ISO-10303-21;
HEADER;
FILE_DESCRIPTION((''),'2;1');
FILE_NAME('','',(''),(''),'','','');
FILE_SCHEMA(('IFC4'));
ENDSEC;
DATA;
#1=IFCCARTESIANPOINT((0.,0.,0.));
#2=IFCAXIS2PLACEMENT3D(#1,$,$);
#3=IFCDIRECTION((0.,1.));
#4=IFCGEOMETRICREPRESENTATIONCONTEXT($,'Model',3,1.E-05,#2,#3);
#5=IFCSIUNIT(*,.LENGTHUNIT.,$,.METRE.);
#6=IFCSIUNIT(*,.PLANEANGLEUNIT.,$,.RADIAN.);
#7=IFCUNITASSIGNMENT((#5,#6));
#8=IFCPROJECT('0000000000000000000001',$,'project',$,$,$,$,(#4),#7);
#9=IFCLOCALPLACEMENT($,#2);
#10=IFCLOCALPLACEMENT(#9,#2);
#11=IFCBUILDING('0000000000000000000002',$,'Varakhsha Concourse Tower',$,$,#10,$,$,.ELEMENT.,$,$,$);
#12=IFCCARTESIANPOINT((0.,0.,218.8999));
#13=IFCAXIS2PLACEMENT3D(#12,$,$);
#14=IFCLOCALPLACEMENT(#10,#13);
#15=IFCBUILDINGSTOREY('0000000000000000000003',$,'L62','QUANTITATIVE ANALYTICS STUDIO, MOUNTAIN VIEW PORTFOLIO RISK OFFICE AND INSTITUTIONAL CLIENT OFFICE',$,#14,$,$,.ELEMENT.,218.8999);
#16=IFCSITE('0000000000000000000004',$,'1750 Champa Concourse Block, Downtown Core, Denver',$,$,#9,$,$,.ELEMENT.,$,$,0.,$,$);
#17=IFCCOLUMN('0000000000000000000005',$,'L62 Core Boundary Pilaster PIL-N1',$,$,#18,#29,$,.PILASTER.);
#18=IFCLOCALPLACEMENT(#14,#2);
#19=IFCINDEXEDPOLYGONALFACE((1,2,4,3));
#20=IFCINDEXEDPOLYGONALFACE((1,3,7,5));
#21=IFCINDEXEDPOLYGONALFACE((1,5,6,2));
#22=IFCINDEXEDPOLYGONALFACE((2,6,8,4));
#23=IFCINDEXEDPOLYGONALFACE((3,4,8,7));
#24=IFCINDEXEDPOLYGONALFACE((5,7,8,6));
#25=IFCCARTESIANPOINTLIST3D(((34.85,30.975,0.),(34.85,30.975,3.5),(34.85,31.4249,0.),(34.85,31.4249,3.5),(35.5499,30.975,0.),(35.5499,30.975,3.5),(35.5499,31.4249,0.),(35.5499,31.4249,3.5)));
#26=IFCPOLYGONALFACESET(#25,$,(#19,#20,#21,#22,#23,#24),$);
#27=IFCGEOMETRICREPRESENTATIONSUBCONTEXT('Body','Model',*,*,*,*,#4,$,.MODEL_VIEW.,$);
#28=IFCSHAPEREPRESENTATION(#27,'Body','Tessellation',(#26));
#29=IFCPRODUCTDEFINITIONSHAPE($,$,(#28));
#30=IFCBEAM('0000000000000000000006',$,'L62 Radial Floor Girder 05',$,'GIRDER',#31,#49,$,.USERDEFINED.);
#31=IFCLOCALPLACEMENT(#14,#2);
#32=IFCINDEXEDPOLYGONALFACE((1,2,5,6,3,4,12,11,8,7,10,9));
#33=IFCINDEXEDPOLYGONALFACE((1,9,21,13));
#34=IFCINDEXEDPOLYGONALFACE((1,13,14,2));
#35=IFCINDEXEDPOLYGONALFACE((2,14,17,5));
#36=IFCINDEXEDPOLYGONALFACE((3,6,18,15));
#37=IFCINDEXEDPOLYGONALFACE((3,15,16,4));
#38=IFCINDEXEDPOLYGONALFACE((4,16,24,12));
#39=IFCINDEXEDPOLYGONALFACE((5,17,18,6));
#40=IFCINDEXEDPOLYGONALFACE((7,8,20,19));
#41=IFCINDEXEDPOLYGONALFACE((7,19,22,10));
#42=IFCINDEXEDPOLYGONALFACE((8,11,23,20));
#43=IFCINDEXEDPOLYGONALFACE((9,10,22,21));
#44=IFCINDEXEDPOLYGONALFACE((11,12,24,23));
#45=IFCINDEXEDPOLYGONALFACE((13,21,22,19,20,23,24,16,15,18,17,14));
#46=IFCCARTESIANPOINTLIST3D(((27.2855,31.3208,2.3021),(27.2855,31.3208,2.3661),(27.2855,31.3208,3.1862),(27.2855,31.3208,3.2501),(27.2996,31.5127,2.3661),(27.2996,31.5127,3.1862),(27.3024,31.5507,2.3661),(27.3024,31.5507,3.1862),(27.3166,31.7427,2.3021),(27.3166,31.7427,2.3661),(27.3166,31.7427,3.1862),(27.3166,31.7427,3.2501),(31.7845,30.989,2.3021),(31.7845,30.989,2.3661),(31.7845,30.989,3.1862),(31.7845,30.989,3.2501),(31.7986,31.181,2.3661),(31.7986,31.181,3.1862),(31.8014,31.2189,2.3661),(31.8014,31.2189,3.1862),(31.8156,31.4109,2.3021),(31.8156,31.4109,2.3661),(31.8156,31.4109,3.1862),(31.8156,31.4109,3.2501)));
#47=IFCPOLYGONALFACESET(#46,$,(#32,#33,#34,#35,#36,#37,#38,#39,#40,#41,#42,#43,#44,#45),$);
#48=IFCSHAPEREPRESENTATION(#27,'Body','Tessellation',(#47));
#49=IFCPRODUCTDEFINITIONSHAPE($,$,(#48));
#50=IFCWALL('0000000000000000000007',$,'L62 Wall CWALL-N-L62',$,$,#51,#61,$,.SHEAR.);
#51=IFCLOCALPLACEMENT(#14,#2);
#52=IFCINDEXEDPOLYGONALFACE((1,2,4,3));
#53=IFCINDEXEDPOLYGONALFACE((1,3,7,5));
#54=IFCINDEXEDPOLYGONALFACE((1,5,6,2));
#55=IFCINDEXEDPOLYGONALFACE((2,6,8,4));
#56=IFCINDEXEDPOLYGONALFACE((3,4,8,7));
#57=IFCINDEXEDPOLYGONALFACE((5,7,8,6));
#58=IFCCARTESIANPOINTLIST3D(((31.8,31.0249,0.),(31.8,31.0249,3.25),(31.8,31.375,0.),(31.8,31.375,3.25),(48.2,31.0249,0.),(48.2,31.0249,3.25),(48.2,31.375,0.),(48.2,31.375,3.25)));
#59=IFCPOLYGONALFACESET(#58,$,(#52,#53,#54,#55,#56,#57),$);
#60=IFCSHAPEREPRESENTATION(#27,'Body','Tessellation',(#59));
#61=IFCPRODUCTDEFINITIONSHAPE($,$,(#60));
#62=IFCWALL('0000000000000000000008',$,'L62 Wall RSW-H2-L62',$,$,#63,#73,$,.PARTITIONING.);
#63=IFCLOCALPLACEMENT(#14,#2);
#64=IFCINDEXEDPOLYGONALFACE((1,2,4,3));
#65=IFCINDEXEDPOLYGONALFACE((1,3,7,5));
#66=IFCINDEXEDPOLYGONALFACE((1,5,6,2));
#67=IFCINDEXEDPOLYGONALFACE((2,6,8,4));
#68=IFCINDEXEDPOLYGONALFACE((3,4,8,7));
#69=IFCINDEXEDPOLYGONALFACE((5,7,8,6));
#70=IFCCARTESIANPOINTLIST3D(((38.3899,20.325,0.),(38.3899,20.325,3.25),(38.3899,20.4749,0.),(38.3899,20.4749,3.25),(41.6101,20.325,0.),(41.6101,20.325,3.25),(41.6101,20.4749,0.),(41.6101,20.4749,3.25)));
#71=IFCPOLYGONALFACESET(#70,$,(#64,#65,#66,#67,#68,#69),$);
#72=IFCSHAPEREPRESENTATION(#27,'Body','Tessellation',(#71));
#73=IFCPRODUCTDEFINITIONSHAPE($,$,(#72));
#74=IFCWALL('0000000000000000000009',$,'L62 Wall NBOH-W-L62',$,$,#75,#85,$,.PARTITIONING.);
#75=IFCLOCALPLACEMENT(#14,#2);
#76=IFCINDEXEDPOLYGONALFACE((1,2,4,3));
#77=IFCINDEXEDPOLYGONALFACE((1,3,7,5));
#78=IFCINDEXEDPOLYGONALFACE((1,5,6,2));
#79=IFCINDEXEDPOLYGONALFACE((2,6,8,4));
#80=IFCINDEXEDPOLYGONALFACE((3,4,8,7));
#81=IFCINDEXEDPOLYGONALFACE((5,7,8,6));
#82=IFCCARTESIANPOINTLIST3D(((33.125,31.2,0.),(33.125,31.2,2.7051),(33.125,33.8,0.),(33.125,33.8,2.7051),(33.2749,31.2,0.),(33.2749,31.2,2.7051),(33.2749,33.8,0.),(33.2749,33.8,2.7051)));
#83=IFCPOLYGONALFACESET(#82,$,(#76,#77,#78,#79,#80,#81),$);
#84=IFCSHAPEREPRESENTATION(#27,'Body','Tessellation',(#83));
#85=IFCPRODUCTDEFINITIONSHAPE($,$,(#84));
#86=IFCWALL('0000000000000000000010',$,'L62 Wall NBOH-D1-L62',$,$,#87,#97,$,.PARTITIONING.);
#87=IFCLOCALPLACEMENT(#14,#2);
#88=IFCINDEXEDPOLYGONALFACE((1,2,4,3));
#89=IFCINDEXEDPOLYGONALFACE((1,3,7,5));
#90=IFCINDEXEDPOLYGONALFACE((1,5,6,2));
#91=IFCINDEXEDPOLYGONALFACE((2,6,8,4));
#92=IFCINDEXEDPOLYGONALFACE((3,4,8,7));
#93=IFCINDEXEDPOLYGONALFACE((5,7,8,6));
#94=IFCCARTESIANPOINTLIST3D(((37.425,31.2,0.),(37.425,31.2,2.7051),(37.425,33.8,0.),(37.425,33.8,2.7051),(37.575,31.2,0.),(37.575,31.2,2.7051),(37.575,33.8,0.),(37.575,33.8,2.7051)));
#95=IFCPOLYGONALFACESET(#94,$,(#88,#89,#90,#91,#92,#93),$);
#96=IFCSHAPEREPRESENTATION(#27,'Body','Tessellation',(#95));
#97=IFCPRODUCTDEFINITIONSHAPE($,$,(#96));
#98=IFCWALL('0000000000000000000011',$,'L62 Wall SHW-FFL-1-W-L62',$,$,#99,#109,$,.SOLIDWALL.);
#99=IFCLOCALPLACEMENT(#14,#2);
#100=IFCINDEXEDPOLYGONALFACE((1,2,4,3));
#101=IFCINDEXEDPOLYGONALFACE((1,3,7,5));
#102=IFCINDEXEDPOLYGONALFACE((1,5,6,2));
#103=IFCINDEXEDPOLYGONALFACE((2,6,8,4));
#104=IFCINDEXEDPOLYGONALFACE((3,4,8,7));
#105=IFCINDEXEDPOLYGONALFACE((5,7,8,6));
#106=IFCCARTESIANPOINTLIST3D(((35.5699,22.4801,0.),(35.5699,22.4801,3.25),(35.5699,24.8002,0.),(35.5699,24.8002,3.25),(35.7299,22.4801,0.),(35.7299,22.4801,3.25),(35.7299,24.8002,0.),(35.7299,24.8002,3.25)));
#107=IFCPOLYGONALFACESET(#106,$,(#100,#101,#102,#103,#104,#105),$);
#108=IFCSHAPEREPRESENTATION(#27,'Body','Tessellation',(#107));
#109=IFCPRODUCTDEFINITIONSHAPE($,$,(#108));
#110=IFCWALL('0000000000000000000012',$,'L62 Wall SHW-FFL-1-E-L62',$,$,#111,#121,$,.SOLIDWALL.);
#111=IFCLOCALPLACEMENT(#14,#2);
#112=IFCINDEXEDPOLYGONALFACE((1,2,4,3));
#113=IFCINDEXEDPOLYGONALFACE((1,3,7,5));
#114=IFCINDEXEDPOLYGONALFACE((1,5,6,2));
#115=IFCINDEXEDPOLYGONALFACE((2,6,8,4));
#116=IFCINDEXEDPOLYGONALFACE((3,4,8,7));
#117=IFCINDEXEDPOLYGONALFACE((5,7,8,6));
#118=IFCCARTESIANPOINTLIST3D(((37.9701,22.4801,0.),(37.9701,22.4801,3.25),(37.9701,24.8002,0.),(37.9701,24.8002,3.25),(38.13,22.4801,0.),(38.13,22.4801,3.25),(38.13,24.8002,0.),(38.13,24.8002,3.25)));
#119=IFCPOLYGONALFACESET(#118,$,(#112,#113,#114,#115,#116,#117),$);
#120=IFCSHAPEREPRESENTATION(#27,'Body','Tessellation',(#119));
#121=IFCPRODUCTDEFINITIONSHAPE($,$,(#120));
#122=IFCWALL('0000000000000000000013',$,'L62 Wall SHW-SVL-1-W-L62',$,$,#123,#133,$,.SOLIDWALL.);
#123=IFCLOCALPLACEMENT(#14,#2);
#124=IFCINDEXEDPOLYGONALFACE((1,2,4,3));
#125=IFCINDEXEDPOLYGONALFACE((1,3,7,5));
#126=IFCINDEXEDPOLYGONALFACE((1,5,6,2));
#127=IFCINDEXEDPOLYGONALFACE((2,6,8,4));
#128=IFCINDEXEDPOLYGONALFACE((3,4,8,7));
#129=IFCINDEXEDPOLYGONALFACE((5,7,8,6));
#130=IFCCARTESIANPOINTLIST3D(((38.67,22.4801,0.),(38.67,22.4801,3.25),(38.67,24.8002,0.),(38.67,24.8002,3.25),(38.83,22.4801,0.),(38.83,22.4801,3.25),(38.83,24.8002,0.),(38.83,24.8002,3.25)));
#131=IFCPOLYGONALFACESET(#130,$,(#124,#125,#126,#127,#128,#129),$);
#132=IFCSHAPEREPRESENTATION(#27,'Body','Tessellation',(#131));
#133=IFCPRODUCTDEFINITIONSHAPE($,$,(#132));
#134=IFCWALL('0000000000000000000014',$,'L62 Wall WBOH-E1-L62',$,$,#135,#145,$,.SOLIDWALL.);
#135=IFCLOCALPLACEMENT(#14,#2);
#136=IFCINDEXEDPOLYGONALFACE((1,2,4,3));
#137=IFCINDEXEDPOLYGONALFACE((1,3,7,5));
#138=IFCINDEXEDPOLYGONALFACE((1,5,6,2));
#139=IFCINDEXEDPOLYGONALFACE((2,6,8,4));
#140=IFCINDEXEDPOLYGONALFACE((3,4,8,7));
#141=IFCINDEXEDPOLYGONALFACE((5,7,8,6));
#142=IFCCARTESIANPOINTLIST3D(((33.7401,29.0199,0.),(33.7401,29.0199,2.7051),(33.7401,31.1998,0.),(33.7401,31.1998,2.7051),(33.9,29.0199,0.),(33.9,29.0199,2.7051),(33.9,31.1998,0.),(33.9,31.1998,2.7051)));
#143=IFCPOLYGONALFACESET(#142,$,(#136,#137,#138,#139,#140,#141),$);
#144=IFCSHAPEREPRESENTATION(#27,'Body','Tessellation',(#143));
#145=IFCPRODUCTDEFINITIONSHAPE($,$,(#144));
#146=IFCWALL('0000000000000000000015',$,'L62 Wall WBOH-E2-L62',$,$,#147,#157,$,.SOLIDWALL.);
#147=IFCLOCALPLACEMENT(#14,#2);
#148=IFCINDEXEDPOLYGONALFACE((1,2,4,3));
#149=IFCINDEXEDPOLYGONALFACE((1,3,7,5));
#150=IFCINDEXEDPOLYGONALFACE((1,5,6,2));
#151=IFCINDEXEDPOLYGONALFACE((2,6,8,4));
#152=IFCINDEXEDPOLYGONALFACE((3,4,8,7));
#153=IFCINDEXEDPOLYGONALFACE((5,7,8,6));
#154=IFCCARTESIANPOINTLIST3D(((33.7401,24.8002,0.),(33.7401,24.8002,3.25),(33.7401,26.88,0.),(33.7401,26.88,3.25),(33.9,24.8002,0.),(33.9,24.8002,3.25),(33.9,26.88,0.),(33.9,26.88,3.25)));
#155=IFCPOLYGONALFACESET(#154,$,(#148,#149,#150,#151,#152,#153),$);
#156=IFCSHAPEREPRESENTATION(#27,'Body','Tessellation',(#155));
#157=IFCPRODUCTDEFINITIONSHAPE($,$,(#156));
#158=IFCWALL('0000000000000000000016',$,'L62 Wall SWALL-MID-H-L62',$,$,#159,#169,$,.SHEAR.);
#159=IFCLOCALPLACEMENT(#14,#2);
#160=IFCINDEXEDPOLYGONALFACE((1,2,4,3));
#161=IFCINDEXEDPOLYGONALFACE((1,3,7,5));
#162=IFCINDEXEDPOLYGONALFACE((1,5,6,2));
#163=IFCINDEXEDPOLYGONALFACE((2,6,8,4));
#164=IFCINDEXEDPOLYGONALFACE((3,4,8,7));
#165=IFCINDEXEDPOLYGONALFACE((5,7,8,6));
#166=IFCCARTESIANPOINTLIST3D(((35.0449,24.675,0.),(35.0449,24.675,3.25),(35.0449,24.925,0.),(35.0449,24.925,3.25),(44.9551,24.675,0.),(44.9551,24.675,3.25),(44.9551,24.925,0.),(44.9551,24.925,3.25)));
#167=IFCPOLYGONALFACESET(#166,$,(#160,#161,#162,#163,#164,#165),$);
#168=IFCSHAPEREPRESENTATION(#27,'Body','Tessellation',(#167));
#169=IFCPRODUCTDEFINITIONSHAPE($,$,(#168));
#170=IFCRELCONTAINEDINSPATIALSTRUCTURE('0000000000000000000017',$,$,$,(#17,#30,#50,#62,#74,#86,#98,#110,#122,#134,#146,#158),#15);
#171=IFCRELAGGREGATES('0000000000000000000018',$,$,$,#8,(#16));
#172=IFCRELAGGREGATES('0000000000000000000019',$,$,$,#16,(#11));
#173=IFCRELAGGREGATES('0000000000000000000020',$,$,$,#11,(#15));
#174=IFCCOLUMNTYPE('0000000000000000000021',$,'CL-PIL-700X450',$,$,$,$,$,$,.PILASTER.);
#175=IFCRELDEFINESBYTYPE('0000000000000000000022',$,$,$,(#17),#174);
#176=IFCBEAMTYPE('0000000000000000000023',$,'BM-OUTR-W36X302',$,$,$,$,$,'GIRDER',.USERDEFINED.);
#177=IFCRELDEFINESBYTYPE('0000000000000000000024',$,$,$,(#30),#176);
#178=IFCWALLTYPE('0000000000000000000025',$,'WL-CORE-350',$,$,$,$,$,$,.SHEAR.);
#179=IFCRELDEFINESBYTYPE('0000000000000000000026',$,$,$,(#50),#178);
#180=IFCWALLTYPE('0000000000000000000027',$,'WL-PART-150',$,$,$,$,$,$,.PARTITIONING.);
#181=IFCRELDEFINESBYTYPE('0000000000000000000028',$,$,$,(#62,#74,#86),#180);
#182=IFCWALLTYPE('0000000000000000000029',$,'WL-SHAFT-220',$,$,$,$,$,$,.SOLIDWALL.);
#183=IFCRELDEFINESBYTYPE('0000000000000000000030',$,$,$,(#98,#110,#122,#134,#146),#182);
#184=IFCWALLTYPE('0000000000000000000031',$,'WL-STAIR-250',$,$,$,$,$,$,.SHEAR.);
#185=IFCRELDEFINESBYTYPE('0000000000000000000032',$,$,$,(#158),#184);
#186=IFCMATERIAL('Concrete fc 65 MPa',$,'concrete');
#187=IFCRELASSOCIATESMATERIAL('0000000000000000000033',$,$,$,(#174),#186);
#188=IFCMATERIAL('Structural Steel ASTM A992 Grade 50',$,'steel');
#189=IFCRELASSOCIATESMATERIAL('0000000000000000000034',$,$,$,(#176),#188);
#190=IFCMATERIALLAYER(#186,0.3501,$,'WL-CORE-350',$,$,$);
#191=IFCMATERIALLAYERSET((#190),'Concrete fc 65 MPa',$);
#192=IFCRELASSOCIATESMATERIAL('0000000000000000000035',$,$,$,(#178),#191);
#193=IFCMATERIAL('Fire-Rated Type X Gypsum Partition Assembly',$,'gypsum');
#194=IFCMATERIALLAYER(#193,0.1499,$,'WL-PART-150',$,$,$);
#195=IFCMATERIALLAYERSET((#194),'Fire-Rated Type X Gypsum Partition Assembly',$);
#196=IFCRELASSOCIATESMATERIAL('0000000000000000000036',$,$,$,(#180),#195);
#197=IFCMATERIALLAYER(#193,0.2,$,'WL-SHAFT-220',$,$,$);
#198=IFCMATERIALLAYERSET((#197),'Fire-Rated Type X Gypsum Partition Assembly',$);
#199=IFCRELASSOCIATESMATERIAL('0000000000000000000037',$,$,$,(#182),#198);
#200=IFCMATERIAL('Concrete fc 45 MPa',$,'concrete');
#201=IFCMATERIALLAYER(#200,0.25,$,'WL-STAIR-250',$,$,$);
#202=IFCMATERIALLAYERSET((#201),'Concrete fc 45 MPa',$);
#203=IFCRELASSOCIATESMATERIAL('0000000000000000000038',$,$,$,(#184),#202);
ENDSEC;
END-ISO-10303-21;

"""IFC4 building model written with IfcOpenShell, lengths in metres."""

from ifc_helpers import new_model, si_unit, direction, frame, frame_2d, origin, origin_2d, place, context, subcontext, project, spatial, rectangle, i_section, extrude, material, layer, layer_set, material_profile, profile_set, type_object, element, save


model = new_model("IFC4")

# Units and contexts
model_context = context("Model", 3, precision=1e-05, world=origin(), true_north=direction((0.0, 1.0)))
body_context = subcontext(model_context, "Body", "Model", "MODEL_VIEW")
ifc_project = project(units=[si_unit("LENGTHUNIT", "METRE"), si_unit("PLANEANGLEUNIT", "RADIAN")], contexts=[model_context])

# Site, building, storey
site_placement = place(None, origin())
site = spatial("IfcSite", under=ifc_project, at=site_placement, Name="1750 Champa Concourse Block, Downtown Core, Denver", CompositionType="ELEMENT", RefElevation=0.0)
building_placement = place(site_placement, origin())
building = spatial("IfcBuilding", under=site, at=building_placement, Name="Varakhsha Concourse Tower", CompositionType="ELEMENT")
storey_placement = place(building_placement, frame((0.0, 0.0, 218.8999)))
storey = spatial("IfcBuildingStorey", under=building, at=storey_placement, Name="L62", Description="QUANTITATIVE ANALYTICS STUDIO, MOUNTAIN VIEW PORTFOLIO RISK OFFICE AND INSTITUTIONAL CLIENT OFFICE", CompositionType="ELEMENT", Elevation=218.8999)

# Column
ifc_material_1 = material(Name="Concrete fc 65 MPa", Category="concrete")
ifc_material_profile_1 = material_profile(ifc_material_1, rectangle(XDim=0.7, YDim=0.45, at=origin_2d()), Name="RC 700x450")
ifc_profile_set_1 = profile_set([ifc_material_profile_1], Name="Concrete fc 65 MPa")
column_type = type_object("IfcColumnType", Name="CL-PIL-700X450", PredefinedType="PILASTER", material=ifc_profile_set_1)
column_placement = place(storey_placement, frame((35.2, 31.2, 0.0), z_axis=(0.0, 0.0, 1.0), x_axis=(1.0, 0.0, 0.0)))
element("IfcColumn", 1, at=column_placement, inside=storey, type_object=column_type, Name="L62 Core Boundary Pilaster PIL-N1", PredefinedType="PILASTER", context=body_context, shape_type="SweptSolid", body=[
    extrude(rectangle(XDim=0.7, YDim=0.45, at=origin_2d()), origin(), (0.0, 0.0, 1.0), 3.5),
])

# Beam
ifc_material_2 = material(Name="Structural Steel ASTM A992 Grade 50", Category="steel")
ifc_material_profile_2 = material_profile(ifc_material_2, i_section(OverallWidth=0.4231, OverallDepth=0.948, WebThickness=0.0381, FlangeThickness=0.064, at=origin_2d()), Name="W36X302")
ifc_profile_set_2 = profile_set([ifc_material_profile_2], Name="Structural Steel ASTM A992 Grade 50")
beam_type = type_object("IfcBeamType", Name="BM-OUTR-W36X302", ElementType="GIRDER", PredefinedType="USERDEFINED", material=ifc_profile_set_2)
beam_placement = place(storey_placement, frame((31.8, 31.2, 2.7761), z_axis=(-0.997292, 0.073547, 0.0), x_axis=(-0.073547, -0.997292, 0.0)))
element("IfcBeam", 2, at=beam_placement, inside=storey, type_object=beam_type, Name="L62 Radial Floor Girder 05", ObjectType="GIRDER", PredefinedType="USERDEFINED", context=body_context, shape_type="SweptSolid", body=[
    extrude(i_section(OverallWidth=0.4231, OverallDepth=0.948, WebThickness=0.0381, FlangeThickness=0.064, at=origin_2d()), origin(), (0.0, 0.0, 1.0), 4.5112),
])

# Walls
ifc_layer_1 = layer(ifc_material_1, 0.3501, Name="WL-CORE-350")
ifc_layer_set_1 = layer_set([ifc_layer_1], Name="Concrete fc 65 MPa")
wall_type_1 = type_object("IfcWallType", Name="WL-CORE-350", PredefinedType="SHEAR", material=ifc_layer_set_1)
wall_1_placement = place(storey_placement, frame((31.8, 31.2, 0.0), z_axis=(0.0, 0.0, 1.0), x_axis=(1.0, 0.0, 0.0)))
element("IfcWall", 3, at=wall_1_placement, inside=storey, type_object=wall_type_1, Name="L62 Wall CWALL-N-L62", PredefinedType="SHEAR", context=body_context, shape_type="SweptSolid", body=[
    extrude(rectangle(XDim=16.3999, YDim=0.3501, at=frame_2d((8.2, 0.0))), origin(), (0.0, 0.0, 1.0), 3.25),
])
ifc_material_3 = material(Name="Fire-Rated Type X Gypsum Partition Assembly", Category="gypsum")
ifc_layer_2 = layer(ifc_material_3, 0.1499, Name="WL-PART-150")
ifc_layer_set_2 = layer_set([ifc_layer_2], Name="Fire-Rated Type X Gypsum Partition Assembly")
wall_type_2 = type_object("IfcWallType", Name="WL-PART-150", PredefinedType="PARTITIONING", material=ifc_layer_set_2)
wall_2_placement = place(storey_placement, frame((38.3899, 20.3999, 0.0), z_axis=(0.0, 0.0, 1.0), x_axis=(1.0, 0.0, 0.0)))
element("IfcWall", 4, at=wall_2_placement, inside=storey, type_object=wall_type_2, Name="L62 Wall RSW-H2-L62", PredefinedType="PARTITIONING", context=body_context, shape_type="SweptSolid", body=[
    extrude(rectangle(XDim=3.2202, YDim=0.1499, at=frame_2d((1.6101, 0.0))), origin(), (0.0, 0.0, 1.0), 3.25),
])
for number, where, z_axis, x_axis, name in (
    (5, (33.2, 31.2, 0.0), (0.0, 0.0, 1.0), (0.0, 1.0, 0.0), "L62 Wall NBOH-W-L62"),
    (6, (37.5, 31.2, 0.0), (0.0, 0.0, 1.0), (0.0, 1.0, 0.0), "L62 Wall NBOH-D1-L62"),
):
    element("IfcWall", number, at=place(storey_placement, frame(where, z_axis=z_axis, x_axis=x_axis)), inside=storey, type_object=wall_type_2, Name=name, PredefinedType="PARTITIONING", context=body_context, shape_type="SweptSolid", body=[
        extrude(rectangle(XDim=2.6001, YDim=0.1499, at=frame_2d((1.3, 0.0))), origin(), (0.0, 0.0, 1.0), 2.7051),
    ])

# Shared definitions
ifc_layer_3 = layer(ifc_material_3, 0.2, Name="WL-SHAFT-220")
ifc_layer_set_3 = layer_set([ifc_layer_3], Name="Fire-Rated Type X Gypsum Partition Assembly")
wall_type_3 = type_object("IfcWallType", Name="WL-SHAFT-220", PredefinedType="SOLIDWALL", material=ifc_layer_set_3)

# Walls
for number, where, z_axis, x_axis, name in (
    (7, (35.6499, 22.48, 0.0), (0.0, 0.0, 1.0), (0.0, 1.0, 0.0), "L62 Wall SHW-FFL-1-W-L62"),
    (8, (38.05, 22.48, 0.0), (0.0, 0.0, 1.0), (0.0, 1.0, 0.0), "L62 Wall SHW-FFL-1-E-L62"),
    (9, (38.75, 22.48, 0.0), (0.0, 0.0, 1.0), (0.0, 1.0, 0.0), "L62 Wall SHW-SVL-1-W-L62"),
):
    element("IfcWall", number, at=place(storey_placement, frame(where, z_axis=z_axis, x_axis=x_axis)), inside=storey, type_object=wall_type_3, Name=name, PredefinedType="SOLIDWALL", context=body_context, shape_type="SweptSolid", body=[
        extrude(rectangle(XDim=2.3201, YDim=0.1599, at=frame_2d((1.1602, 0.0))), origin(), (0.0, 0.0, 1.0), 3.25),
    ])
wall_3_placement = place(storey_placement, frame((33.8201, 29.02, 0.0), z_axis=(0.0, 0.0, 1.0), x_axis=(0.0, 1.0, 0.0)))
element("IfcWall", 10, at=wall_3_placement, inside=storey, type_object=wall_type_3, Name="L62 Wall WBOH-E1-L62", PredefinedType="SOLIDWALL", context=body_context, shape_type="SweptSolid", body=[
    extrude(rectangle(XDim=2.1799, YDim=0.1599, at=frame_2d((1.0898, 0.0))), origin(), (0.0, 0.0, 1.0), 2.7051),
])
wall_4_placement = place(storey_placement, frame((33.8201, 24.8, 0.0), z_axis=(0.0, 0.0, 1.0), x_axis=(0.0, 1.0, 0.0)))
element("IfcWall", 11, at=wall_4_placement, inside=storey, type_object=wall_type_3, Name="L62 Wall WBOH-E2-L62", PredefinedType="SOLIDWALL", context=body_context, shape_type="SweptSolid", body=[
    extrude(rectangle(XDim=2.0798, YDim=0.1599, at=frame_2d((1.04, 0.0))), origin(), (0.0, 0.0, 1.0), 3.25),
])
ifc_material_4 = material(Name="Concrete fc 45 MPa", Category="concrete")
ifc_layer_4 = layer(ifc_material_4, 0.25, Name="WL-STAIR-250")
ifc_layer_set_4 = layer_set([ifc_layer_4], Name="Concrete fc 45 MPa")
wall_type_4 = type_object("IfcWallType", Name="WL-STAIR-250", PredefinedType="SHEAR", material=ifc_layer_set_4)
wall_5_placement = place(storey_placement, frame((35.0449, 24.8, 0.0), z_axis=(0.0, 0.0, 1.0), x_axis=(1.0, 0.0, 0.0)))
element("IfcWall", 12, at=wall_5_placement, inside=storey, type_object=wall_type_4, Name="L62 Wall SWALL-MID-H-L62", PredefinedType="SHEAR", context=body_context, shape_type="SweptSolid", body=[
    extrude(rectangle(XDim=9.9102, YDim=0.25, at=frame_2d((4.9551, 0.0))), origin(), (0.0, 0.0, 1.0), 3.25),
])

save(model, "model.ifc")
